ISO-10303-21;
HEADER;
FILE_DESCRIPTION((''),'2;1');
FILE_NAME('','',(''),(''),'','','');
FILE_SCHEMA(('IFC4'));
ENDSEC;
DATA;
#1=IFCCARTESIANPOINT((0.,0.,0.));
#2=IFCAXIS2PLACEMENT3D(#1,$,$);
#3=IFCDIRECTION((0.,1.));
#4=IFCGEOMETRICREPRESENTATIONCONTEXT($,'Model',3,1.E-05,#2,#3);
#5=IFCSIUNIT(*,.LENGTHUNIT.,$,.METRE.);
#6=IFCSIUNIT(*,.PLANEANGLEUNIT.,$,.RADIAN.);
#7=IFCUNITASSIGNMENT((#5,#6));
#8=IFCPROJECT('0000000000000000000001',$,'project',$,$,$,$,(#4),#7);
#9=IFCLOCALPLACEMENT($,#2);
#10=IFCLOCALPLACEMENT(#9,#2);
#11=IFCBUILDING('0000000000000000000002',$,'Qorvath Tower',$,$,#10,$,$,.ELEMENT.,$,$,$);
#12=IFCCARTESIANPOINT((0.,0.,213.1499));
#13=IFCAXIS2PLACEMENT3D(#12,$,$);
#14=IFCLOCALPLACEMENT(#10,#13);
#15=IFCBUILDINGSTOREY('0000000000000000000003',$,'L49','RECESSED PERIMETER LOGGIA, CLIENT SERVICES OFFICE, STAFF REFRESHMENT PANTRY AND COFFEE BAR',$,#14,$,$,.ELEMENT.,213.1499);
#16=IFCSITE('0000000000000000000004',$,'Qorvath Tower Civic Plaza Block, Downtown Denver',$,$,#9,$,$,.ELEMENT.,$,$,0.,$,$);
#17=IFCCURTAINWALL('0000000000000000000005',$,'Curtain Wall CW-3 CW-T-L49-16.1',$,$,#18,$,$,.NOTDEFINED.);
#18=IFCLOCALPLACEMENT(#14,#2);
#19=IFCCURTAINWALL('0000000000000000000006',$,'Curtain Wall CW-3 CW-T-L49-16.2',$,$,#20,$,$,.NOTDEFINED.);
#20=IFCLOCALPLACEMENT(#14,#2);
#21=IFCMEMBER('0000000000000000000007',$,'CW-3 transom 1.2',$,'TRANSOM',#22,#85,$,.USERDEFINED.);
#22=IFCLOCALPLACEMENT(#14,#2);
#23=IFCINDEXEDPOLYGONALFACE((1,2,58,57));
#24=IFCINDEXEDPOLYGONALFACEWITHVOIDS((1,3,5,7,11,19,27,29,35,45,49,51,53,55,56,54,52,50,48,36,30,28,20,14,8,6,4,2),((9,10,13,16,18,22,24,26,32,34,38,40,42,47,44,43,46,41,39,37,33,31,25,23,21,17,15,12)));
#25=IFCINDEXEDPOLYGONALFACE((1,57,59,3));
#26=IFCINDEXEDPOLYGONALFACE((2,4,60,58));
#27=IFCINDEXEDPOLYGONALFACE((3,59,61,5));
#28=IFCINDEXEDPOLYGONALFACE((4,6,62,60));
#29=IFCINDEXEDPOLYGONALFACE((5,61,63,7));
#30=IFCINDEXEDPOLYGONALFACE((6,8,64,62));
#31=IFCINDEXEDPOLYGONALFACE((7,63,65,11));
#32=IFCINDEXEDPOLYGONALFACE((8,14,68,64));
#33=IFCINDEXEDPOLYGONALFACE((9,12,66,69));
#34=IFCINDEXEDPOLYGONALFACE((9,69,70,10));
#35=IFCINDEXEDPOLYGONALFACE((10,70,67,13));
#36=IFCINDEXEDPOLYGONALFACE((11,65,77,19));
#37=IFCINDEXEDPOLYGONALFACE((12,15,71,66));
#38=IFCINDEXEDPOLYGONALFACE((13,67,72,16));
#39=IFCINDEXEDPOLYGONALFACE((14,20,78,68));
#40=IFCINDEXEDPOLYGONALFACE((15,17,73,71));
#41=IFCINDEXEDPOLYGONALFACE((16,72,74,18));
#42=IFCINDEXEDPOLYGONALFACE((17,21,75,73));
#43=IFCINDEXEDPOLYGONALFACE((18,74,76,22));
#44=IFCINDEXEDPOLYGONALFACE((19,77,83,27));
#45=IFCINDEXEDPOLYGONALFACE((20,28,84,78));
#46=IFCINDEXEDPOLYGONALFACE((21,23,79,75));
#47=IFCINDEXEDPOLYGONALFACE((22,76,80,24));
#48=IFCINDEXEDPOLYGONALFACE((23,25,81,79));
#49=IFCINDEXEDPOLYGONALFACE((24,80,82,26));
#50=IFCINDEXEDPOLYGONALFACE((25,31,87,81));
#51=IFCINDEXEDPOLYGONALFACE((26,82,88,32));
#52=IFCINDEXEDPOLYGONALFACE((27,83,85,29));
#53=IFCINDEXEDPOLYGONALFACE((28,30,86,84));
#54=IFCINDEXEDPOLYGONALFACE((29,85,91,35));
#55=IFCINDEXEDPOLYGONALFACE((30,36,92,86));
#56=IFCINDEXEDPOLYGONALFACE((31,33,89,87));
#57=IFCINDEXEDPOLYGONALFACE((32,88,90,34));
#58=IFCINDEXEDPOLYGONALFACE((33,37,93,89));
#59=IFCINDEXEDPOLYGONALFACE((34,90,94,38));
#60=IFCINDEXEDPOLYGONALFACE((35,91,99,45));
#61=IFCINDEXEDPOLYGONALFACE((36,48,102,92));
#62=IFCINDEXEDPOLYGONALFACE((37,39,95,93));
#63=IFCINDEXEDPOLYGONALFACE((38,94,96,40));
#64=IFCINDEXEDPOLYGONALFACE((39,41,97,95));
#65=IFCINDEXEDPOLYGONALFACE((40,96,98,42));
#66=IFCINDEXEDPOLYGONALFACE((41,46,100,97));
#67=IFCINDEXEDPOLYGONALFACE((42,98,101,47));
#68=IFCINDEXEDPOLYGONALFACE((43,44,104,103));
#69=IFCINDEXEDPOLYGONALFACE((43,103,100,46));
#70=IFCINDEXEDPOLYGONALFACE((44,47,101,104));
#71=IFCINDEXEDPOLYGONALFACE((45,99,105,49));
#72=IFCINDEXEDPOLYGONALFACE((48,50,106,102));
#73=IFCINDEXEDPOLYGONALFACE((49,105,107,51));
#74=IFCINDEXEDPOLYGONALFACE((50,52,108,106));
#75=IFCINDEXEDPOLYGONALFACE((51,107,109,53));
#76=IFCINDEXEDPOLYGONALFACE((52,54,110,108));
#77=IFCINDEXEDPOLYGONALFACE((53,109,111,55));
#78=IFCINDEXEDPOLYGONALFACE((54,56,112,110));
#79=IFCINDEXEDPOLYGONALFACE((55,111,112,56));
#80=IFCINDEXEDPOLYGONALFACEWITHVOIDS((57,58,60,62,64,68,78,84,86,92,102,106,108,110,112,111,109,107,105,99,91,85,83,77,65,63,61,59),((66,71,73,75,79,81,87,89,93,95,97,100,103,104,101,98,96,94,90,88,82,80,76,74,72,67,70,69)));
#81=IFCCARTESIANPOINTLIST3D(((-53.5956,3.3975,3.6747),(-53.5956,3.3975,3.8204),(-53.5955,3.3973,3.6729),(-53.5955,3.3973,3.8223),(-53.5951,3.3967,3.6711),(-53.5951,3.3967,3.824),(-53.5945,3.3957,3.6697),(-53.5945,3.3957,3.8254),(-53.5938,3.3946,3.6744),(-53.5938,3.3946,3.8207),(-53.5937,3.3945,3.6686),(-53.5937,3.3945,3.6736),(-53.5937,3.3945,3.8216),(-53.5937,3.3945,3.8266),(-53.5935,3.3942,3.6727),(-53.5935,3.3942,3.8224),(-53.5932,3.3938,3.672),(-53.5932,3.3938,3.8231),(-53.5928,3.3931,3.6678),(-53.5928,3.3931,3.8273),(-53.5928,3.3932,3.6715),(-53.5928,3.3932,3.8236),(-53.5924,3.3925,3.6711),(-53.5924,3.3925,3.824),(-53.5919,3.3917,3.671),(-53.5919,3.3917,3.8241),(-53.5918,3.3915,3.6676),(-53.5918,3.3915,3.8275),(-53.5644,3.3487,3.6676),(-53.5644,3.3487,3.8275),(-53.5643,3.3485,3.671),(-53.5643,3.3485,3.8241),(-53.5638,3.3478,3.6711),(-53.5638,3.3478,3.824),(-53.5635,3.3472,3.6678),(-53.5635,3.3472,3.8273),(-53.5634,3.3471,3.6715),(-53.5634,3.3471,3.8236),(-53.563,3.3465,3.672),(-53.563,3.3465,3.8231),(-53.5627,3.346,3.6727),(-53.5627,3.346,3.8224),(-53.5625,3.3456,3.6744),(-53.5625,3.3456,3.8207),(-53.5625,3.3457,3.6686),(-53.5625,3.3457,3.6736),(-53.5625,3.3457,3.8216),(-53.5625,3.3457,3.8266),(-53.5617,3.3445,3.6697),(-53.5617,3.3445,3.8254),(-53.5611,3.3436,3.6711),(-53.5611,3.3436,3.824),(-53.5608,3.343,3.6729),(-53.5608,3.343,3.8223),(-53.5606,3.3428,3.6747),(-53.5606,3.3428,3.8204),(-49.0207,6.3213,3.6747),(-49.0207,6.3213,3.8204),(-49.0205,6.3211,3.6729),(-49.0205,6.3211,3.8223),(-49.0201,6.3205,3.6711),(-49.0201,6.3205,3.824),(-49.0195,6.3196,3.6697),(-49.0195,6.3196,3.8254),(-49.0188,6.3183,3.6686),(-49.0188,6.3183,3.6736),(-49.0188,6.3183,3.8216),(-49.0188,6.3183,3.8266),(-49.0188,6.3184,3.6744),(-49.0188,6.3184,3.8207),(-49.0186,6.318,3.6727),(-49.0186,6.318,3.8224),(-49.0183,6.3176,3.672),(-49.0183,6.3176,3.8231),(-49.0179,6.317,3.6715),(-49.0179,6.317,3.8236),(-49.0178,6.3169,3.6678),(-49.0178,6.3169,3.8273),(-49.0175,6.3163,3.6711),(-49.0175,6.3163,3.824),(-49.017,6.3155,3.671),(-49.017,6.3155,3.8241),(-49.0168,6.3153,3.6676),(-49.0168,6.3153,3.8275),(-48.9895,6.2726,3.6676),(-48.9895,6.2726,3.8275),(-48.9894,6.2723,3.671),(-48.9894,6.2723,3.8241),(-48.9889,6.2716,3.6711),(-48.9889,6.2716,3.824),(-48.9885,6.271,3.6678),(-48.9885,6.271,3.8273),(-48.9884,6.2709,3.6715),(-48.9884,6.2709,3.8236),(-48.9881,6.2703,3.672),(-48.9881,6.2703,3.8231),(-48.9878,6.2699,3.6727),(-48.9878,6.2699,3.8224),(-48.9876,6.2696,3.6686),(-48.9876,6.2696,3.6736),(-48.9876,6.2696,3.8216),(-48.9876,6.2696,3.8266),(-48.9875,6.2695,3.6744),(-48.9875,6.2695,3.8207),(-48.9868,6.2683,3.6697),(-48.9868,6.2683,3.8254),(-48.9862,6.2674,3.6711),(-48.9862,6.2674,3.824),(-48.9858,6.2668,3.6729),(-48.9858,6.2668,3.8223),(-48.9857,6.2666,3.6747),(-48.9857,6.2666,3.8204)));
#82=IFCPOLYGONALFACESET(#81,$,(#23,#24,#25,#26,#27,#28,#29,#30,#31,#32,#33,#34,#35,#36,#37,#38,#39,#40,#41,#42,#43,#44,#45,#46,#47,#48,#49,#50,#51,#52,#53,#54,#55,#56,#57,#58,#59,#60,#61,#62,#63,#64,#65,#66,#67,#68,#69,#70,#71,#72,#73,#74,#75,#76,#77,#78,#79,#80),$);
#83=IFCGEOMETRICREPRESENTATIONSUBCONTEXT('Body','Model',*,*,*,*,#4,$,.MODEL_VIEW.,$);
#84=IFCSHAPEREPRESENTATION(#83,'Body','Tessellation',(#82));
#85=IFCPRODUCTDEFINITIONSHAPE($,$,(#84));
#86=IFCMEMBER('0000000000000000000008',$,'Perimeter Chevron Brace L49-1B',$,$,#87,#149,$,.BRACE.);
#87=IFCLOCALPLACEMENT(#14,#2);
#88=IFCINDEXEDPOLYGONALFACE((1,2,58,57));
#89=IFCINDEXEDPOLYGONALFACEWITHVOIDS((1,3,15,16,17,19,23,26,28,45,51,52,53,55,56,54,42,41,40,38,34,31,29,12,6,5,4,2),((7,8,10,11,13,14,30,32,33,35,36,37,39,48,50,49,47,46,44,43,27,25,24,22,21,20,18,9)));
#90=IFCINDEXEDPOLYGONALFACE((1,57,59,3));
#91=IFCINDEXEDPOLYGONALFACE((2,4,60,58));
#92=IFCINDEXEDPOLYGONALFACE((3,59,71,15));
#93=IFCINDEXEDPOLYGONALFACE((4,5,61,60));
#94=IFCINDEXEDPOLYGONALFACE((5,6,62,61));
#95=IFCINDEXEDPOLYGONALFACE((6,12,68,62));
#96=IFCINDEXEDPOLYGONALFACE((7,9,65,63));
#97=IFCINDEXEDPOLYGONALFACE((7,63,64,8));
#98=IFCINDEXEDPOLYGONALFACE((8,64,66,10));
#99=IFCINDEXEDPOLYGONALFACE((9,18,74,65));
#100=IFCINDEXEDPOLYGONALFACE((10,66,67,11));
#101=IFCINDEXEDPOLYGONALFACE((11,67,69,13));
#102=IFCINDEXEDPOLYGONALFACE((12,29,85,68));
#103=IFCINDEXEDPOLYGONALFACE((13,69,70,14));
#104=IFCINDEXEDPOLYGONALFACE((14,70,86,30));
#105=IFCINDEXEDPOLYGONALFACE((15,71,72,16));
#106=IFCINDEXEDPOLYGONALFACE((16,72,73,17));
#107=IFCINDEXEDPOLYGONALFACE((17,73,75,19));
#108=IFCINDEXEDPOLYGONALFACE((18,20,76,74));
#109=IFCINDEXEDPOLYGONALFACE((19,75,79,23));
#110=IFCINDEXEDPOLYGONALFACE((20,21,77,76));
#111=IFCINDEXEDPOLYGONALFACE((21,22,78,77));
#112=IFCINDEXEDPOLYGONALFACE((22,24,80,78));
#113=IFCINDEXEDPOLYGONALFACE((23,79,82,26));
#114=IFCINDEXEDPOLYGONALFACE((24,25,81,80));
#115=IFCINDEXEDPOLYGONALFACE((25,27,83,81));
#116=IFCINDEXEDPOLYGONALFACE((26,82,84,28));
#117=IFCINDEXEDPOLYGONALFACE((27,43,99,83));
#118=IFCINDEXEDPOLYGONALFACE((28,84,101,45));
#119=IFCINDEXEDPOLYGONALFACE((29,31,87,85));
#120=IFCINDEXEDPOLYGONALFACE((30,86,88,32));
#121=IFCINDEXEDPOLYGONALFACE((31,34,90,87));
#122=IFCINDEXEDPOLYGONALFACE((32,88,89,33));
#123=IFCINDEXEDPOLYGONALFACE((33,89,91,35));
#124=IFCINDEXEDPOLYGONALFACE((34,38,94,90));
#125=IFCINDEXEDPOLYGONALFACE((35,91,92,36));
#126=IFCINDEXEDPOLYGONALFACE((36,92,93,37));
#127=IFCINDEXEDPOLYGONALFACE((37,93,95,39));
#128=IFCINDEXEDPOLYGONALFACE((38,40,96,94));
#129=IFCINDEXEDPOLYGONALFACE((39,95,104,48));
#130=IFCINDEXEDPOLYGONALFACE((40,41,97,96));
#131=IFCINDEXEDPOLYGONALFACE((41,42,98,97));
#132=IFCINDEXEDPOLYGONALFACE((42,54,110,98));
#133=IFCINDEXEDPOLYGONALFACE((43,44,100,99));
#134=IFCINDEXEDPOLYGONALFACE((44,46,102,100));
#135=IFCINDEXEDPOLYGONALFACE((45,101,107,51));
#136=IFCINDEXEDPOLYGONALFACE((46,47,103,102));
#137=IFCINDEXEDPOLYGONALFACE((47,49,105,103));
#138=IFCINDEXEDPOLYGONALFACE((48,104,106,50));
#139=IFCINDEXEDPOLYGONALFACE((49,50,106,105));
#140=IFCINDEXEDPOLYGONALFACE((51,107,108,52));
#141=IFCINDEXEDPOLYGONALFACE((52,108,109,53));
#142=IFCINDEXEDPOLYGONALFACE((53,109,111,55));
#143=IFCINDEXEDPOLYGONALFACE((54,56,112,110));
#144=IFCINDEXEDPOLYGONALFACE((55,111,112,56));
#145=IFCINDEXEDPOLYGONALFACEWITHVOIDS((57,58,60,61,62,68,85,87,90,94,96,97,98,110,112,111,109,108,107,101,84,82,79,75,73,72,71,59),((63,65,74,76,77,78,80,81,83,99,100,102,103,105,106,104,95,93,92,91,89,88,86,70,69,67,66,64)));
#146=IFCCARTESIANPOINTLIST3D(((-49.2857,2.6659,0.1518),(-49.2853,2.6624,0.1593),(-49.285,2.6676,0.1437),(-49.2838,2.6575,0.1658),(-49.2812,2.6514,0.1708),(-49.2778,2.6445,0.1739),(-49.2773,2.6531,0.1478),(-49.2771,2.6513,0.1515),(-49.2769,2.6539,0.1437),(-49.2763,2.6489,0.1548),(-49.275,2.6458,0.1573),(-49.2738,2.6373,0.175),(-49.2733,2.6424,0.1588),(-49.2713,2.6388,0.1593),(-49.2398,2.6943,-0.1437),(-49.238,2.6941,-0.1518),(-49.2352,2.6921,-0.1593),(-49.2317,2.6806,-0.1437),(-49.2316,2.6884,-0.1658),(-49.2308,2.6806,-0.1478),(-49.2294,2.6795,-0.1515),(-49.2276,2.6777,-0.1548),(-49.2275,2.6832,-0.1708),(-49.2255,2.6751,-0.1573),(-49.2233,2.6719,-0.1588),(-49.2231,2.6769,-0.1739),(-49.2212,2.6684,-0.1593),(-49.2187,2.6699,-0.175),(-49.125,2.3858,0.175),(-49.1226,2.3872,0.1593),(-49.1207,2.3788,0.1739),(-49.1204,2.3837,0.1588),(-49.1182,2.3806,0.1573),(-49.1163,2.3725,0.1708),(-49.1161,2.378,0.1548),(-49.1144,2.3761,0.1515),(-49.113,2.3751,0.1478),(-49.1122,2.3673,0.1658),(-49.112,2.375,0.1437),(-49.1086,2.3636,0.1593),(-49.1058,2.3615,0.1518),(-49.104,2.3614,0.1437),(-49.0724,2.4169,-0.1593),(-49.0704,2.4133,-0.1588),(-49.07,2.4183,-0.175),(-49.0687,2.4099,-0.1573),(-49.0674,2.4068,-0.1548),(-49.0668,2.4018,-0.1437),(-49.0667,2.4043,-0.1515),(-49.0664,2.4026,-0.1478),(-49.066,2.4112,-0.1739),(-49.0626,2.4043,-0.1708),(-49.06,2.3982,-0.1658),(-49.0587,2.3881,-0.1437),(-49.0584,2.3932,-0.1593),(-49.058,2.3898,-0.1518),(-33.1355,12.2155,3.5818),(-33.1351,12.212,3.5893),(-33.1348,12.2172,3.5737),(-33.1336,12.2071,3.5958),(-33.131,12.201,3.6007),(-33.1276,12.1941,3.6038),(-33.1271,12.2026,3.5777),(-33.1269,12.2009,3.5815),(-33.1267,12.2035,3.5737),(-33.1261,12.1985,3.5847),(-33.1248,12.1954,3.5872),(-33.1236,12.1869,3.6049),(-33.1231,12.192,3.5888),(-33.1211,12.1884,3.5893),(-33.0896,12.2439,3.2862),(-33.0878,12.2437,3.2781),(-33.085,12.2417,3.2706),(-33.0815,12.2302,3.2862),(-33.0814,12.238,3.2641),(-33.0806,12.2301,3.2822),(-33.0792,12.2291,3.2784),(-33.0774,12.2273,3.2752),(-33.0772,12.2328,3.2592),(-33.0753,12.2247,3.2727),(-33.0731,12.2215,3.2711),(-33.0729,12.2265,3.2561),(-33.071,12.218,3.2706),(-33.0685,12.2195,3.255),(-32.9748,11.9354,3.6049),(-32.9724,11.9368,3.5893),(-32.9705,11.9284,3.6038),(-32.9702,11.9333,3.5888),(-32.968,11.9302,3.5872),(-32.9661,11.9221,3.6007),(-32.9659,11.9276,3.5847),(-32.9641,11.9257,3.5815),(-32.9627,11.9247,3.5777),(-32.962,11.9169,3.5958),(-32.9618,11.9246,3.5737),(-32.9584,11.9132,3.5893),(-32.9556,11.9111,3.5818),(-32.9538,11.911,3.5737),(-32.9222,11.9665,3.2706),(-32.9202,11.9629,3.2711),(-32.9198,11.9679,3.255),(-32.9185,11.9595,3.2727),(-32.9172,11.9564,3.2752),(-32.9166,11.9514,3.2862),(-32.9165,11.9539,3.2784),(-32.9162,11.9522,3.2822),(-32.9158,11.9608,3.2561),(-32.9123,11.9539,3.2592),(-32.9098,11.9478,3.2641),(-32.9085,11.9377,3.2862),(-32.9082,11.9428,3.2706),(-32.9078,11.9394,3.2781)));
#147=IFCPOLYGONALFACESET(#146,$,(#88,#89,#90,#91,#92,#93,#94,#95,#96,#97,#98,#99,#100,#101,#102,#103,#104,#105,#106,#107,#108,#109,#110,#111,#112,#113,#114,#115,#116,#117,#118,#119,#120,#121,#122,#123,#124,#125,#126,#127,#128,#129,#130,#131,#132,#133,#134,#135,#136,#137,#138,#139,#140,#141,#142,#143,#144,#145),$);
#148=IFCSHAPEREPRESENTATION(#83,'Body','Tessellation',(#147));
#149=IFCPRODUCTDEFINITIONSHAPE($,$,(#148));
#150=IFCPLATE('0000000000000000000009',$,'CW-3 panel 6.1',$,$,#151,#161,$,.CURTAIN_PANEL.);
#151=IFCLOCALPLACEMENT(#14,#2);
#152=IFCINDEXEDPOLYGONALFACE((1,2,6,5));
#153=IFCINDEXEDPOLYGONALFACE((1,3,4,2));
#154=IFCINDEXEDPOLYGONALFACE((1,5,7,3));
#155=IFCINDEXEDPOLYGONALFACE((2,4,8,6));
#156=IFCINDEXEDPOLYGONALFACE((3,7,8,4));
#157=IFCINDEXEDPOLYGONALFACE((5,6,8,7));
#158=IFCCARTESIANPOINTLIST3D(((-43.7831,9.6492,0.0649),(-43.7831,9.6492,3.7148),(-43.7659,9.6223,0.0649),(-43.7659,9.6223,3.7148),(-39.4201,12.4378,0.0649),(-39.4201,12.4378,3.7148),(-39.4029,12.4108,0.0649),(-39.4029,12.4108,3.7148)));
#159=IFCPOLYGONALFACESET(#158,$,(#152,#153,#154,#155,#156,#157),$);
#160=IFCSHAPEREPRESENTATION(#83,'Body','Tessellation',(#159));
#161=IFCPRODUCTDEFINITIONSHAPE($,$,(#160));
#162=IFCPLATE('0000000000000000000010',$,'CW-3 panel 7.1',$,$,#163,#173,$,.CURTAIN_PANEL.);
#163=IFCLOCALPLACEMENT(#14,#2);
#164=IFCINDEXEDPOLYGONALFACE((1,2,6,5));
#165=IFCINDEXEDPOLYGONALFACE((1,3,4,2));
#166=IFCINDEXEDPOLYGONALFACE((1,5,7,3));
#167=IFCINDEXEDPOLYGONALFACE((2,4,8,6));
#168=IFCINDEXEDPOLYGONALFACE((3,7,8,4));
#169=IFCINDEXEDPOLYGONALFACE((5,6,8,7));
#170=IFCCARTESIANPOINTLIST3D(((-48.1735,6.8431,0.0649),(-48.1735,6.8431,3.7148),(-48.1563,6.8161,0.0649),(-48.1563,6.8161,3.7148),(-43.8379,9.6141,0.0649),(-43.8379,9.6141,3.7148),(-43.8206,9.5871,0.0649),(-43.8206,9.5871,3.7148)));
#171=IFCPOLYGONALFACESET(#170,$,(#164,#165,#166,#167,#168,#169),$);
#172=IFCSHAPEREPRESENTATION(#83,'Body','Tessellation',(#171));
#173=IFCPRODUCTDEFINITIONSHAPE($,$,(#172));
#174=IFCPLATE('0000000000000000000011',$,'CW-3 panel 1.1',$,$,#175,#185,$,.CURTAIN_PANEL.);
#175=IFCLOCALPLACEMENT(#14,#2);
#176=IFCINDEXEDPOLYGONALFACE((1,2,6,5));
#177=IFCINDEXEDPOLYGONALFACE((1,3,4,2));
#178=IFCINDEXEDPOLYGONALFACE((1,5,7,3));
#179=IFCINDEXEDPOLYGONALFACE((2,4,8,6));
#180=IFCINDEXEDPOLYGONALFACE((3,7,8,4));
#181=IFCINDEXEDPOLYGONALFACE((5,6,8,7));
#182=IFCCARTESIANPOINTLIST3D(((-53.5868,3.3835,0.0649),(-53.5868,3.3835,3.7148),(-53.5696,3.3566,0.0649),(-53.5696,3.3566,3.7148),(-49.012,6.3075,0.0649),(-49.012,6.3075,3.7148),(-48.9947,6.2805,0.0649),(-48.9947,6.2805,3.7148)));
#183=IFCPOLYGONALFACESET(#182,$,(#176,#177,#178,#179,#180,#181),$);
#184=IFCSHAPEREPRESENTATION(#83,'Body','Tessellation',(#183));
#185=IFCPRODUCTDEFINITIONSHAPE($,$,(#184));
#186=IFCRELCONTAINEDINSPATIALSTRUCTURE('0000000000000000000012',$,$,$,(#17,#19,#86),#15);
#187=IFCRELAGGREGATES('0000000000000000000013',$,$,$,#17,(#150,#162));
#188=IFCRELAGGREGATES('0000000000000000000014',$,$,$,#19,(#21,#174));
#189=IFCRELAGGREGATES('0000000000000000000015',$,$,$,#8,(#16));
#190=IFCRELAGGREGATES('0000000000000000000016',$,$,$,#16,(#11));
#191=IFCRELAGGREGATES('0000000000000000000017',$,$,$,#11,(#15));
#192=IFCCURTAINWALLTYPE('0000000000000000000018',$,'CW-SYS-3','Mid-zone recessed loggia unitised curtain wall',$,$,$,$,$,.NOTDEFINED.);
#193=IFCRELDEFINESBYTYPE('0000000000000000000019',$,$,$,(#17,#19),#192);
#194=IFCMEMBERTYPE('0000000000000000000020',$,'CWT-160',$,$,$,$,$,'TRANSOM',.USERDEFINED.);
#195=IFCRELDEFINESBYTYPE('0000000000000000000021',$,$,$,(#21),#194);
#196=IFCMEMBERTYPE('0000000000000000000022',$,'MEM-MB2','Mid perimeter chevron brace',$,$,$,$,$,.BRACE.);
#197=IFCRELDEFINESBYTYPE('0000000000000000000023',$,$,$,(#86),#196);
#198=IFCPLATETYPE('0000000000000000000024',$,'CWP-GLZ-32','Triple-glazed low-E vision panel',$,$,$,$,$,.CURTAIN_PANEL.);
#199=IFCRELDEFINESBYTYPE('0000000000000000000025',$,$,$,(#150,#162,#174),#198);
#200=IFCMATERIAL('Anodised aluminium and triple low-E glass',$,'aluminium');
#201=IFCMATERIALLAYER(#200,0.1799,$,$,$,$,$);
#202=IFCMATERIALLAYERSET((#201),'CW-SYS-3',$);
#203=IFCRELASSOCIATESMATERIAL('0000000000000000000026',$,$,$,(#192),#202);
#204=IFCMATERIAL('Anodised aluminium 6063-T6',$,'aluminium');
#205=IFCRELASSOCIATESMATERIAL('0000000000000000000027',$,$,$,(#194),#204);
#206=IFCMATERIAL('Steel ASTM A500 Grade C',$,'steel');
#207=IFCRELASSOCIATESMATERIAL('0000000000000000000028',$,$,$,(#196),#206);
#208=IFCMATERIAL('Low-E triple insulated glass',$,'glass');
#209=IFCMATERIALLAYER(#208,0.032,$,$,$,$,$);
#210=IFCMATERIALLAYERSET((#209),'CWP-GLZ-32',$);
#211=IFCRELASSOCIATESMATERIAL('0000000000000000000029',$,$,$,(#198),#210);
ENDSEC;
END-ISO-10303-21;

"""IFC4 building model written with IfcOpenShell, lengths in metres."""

from ifc_helpers import new_model, si_unit, direction, frame, origin, origin_2d, place, context, subcontext, project, spatial, rectangle, hollow_rectangle, extrude, material, layer, layer_set, material_profile, profile_set, type_object, element, aggregate, save


model = new_model("IFC4")

# Units and contexts
model_context = context("Model", 3, precision=1e-05, world=origin(), true_north=direction((0.0, 1.0)))
body_context = subcontext(model_context, "Body", "Model", "MODEL_VIEW")
ifc_project = project(units=[si_unit("LENGTHUNIT", "METRE"), si_unit("PLANEANGLEUNIT", "RADIAN")], contexts=[model_context])

# Site, building, storey
site_placement = place(None, origin())
site = spatial("IfcSite", under=ifc_project, at=site_placement, Name="Qorvath Tower Civic Plaza Block, Downtown Denver", CompositionType="ELEMENT", RefElevation=0.0)
building_placement = place(site_placement, origin())
building = spatial("IfcBuilding", under=site, at=building_placement, Name="Qorvath Tower", CompositionType="ELEMENT")
storey_placement = place(building_placement, frame((0.0, 0.0, 213.1499)))
storey = spatial("IfcBuildingStorey", under=building, at=storey_placement, Name="L49", Description="RECESSED PERIMETER LOGGIA, CLIENT SERVICES OFFICE, STAFF REFRESHMENT PANTRY AND COFFEE BAR", CompositionType="ELEMENT", Elevation=213.1499)

# Curtain walls
ifc_material_1 = material(Name="Anodised aluminium and triple low-E glass", Category="aluminium")
ifc_layer_1 = layer(ifc_material_1, 0.1799)
ifc_layer_set_1 = layer_set([ifc_layer_1], Name="CW-SYS-3")
curtain_wall_type = type_object("IfcCurtainWallType", Name="CW-SYS-3", Description="Mid-zone recessed loggia unitised curtain wall", PredefinedType="NOTDEFINED", material=ifc_layer_set_1)
curtain_wall_1_placement = place(storey_placement, origin())
curtain_wall_1 = element("IfcCurtainWall", 1, at=curtain_wall_1_placement, inside=storey, type_object=curtain_wall_type, Name="Curtain Wall CW-3 CW-T-L49-16.1", PredefinedType="NOTDEFINED")
curtain_wall_2_placement = place(storey_placement, origin())
curtain_wall_2 = element("IfcCurtainWall", 2, at=curtain_wall_2_placement, inside=storey, type_object=curtain_wall_type, Name="Curtain Wall CW-3 CW-T-L49-16.2", PredefinedType="NOTDEFINED")

# Members
ifc_material_2 = material(Name="Anodised aluminium 6063-T6", Category="aluminium")
ifc_material_profile_1 = material_profile(ifc_material_2, hollow_rectangle(XDim=0.0649, YDim=0.1599, WallThickness=0.0034, InnerFilletRadius=0.0034, OuterFilletRadius=0.0071, at=origin_2d()), Name="CWT 160x65")
ifc_profile_set_1 = profile_set([ifc_material_profile_1], Name="Anodised aluminium 6063-T6")
member_type_1 = type_object("IfcMemberType", Name="CWT-160", ElementType="TRANSOM", PredefinedType="USERDEFINED", material=ifc_profile_set_1)
member_1_placement = place(storey_placement, frame((-49.0032, 6.2939, 3.7476), z_axis=(-0.842617, -0.538513, 0.0), x_axis=(0.538513, -0.842617, 0.0)))
member_1 = element("IfcMember", 3, at=member_1_placement, type_object=member_type_1, Name="CW-3 transom 1.2", ObjectType="TRANSOM", PredefinedType="USERDEFINED", context=body_context, shape_type="SweptSolid", body=[
    extrude(hollow_rectangle(XDim=0.0649, YDim=0.1599, WallThickness=0.0034, InnerFilletRadius=0.0034, OuterFilletRadius=0.0071, at=origin_2d()), origin(), (0.0, 0.0, 1.0), 5.4294),
])
ifc_material_3 = material(Name="Steel ASTM A500 Grade C", Category="steel")
ifc_material_profile_2 = material_profile(ifc_material_3, hollow_rectangle(XDim=0.3557, YDim=0.3557, WallThickness=0.0159, InnerFilletRadius=0.0159, OuterFilletRadius=0.0317, at=origin_2d()), Name="HSS 356x356x16")
ifc_profile_set_2 = profile_set([ifc_material_profile_2], Name="Steel ASTM A500 Grade C")
member_type_2 = type_object("IfcMemberType", Name="MEM-MB2", Description="Mid perimeter chevron brace", PredefinedType="BRACE", material=ifc_profile_set_2)
member_2_placement = place(storey_placement, frame((-49.1719, 2.5278, 0.0), z_axis=(0.846747, 0.50068, 0.17983), x_axis=(-0.508978, 0.86078, 0.0)))
element("IfcMember", 4, at=member_2_placement, inside=storey, type_object=member_type_2, Name="Perimeter Chevron Brace L49-1B", PredefinedType="BRACE", context=body_context, shape_type="SweptSolid", body=[
    extrude(hollow_rectangle(XDim=0.3557, YDim=0.3557, WallThickness=0.0159, InnerFilletRadius=0.0159, OuterFilletRadius=0.0317, at=origin_2d()), origin(), (0.0, 0.0, 1.0), 19.0732),
])

# Plates
ifc_material_4 = material(Name="Low-E triple insulated glass", Category="glass")
ifc_layer_2 = layer(ifc_material_4, 0.032)
ifc_layer_set_2 = layer_set([ifc_layer_2], Name="CWP-GLZ-32")
plate_type_1 = type_object("IfcPlateType", Name="CWP-GLZ-32", Description="Triple-glazed low-E vision panel", PredefinedType="CURTAIN_PANEL", material=ifc_layer_set_2)
plate_1_placement = place(storey_placement, frame((-41.593, 11.03, 0.0649), z_axis=(0.0, 0.0, 1.0), x_axis=(-0.842605, -0.538532, 0.0)))
plate_1 = element("IfcPlate", 5, at=plate_1_placement, type_object=plate_type_1, Name="CW-3 panel 6.1", PredefinedType="CURTAIN_PANEL", context=body_context, shape_type="SweptSolid", body=[
    extrude(rectangle(XDim=5.178, YDim=0.032, at=origin_2d()), origin(), (0.0, 0.0, 1.0), 3.6499),
])
plate_2_placement = place(storey_placement, frame((-45.9971, 8.2151, 0.0649), z_axis=(0.0, 0.0, 1.0), x_axis=(-0.842605, -0.538532, 0.0)))
plate_2 = element("IfcPlate", 6, at=plate_2_placement, type_object=plate_type_1, Name="CW-3 panel 7.1", PredefinedType="CURTAIN_PANEL", context=body_context, shape_type="SweptSolid", body=[
    extrude(rectangle(XDim=5.1455, YDim=0.032, at=origin_2d()), origin(), (0.0, 0.0, 1.0), 3.6499),
])
aggregate(curtain_wall_1, [plate_1, plate_2])
plate_3_placement = place(storey_placement, frame((-51.2908, 4.832, 0.0649), z_axis=(0.0, 0.0, 1.0), x_axis=(-0.842602, -0.538537, 0.0)))
plate_3 = element("IfcPlate", 7, at=plate_3_placement, type_object=plate_type_1, Name="CW-3 panel 1.1", PredefinedType="CURTAIN_PANEL", context=body_context, shape_type="SweptSolid", body=[
    extrude(rectangle(XDim=5.4294, YDim=0.032, at=origin_2d()), origin(), (0.0, 0.0, 1.0), 3.6499),
])
aggregate(curtain_wall_2, [member_1, plate_3])

save(model, "model.ifc")
